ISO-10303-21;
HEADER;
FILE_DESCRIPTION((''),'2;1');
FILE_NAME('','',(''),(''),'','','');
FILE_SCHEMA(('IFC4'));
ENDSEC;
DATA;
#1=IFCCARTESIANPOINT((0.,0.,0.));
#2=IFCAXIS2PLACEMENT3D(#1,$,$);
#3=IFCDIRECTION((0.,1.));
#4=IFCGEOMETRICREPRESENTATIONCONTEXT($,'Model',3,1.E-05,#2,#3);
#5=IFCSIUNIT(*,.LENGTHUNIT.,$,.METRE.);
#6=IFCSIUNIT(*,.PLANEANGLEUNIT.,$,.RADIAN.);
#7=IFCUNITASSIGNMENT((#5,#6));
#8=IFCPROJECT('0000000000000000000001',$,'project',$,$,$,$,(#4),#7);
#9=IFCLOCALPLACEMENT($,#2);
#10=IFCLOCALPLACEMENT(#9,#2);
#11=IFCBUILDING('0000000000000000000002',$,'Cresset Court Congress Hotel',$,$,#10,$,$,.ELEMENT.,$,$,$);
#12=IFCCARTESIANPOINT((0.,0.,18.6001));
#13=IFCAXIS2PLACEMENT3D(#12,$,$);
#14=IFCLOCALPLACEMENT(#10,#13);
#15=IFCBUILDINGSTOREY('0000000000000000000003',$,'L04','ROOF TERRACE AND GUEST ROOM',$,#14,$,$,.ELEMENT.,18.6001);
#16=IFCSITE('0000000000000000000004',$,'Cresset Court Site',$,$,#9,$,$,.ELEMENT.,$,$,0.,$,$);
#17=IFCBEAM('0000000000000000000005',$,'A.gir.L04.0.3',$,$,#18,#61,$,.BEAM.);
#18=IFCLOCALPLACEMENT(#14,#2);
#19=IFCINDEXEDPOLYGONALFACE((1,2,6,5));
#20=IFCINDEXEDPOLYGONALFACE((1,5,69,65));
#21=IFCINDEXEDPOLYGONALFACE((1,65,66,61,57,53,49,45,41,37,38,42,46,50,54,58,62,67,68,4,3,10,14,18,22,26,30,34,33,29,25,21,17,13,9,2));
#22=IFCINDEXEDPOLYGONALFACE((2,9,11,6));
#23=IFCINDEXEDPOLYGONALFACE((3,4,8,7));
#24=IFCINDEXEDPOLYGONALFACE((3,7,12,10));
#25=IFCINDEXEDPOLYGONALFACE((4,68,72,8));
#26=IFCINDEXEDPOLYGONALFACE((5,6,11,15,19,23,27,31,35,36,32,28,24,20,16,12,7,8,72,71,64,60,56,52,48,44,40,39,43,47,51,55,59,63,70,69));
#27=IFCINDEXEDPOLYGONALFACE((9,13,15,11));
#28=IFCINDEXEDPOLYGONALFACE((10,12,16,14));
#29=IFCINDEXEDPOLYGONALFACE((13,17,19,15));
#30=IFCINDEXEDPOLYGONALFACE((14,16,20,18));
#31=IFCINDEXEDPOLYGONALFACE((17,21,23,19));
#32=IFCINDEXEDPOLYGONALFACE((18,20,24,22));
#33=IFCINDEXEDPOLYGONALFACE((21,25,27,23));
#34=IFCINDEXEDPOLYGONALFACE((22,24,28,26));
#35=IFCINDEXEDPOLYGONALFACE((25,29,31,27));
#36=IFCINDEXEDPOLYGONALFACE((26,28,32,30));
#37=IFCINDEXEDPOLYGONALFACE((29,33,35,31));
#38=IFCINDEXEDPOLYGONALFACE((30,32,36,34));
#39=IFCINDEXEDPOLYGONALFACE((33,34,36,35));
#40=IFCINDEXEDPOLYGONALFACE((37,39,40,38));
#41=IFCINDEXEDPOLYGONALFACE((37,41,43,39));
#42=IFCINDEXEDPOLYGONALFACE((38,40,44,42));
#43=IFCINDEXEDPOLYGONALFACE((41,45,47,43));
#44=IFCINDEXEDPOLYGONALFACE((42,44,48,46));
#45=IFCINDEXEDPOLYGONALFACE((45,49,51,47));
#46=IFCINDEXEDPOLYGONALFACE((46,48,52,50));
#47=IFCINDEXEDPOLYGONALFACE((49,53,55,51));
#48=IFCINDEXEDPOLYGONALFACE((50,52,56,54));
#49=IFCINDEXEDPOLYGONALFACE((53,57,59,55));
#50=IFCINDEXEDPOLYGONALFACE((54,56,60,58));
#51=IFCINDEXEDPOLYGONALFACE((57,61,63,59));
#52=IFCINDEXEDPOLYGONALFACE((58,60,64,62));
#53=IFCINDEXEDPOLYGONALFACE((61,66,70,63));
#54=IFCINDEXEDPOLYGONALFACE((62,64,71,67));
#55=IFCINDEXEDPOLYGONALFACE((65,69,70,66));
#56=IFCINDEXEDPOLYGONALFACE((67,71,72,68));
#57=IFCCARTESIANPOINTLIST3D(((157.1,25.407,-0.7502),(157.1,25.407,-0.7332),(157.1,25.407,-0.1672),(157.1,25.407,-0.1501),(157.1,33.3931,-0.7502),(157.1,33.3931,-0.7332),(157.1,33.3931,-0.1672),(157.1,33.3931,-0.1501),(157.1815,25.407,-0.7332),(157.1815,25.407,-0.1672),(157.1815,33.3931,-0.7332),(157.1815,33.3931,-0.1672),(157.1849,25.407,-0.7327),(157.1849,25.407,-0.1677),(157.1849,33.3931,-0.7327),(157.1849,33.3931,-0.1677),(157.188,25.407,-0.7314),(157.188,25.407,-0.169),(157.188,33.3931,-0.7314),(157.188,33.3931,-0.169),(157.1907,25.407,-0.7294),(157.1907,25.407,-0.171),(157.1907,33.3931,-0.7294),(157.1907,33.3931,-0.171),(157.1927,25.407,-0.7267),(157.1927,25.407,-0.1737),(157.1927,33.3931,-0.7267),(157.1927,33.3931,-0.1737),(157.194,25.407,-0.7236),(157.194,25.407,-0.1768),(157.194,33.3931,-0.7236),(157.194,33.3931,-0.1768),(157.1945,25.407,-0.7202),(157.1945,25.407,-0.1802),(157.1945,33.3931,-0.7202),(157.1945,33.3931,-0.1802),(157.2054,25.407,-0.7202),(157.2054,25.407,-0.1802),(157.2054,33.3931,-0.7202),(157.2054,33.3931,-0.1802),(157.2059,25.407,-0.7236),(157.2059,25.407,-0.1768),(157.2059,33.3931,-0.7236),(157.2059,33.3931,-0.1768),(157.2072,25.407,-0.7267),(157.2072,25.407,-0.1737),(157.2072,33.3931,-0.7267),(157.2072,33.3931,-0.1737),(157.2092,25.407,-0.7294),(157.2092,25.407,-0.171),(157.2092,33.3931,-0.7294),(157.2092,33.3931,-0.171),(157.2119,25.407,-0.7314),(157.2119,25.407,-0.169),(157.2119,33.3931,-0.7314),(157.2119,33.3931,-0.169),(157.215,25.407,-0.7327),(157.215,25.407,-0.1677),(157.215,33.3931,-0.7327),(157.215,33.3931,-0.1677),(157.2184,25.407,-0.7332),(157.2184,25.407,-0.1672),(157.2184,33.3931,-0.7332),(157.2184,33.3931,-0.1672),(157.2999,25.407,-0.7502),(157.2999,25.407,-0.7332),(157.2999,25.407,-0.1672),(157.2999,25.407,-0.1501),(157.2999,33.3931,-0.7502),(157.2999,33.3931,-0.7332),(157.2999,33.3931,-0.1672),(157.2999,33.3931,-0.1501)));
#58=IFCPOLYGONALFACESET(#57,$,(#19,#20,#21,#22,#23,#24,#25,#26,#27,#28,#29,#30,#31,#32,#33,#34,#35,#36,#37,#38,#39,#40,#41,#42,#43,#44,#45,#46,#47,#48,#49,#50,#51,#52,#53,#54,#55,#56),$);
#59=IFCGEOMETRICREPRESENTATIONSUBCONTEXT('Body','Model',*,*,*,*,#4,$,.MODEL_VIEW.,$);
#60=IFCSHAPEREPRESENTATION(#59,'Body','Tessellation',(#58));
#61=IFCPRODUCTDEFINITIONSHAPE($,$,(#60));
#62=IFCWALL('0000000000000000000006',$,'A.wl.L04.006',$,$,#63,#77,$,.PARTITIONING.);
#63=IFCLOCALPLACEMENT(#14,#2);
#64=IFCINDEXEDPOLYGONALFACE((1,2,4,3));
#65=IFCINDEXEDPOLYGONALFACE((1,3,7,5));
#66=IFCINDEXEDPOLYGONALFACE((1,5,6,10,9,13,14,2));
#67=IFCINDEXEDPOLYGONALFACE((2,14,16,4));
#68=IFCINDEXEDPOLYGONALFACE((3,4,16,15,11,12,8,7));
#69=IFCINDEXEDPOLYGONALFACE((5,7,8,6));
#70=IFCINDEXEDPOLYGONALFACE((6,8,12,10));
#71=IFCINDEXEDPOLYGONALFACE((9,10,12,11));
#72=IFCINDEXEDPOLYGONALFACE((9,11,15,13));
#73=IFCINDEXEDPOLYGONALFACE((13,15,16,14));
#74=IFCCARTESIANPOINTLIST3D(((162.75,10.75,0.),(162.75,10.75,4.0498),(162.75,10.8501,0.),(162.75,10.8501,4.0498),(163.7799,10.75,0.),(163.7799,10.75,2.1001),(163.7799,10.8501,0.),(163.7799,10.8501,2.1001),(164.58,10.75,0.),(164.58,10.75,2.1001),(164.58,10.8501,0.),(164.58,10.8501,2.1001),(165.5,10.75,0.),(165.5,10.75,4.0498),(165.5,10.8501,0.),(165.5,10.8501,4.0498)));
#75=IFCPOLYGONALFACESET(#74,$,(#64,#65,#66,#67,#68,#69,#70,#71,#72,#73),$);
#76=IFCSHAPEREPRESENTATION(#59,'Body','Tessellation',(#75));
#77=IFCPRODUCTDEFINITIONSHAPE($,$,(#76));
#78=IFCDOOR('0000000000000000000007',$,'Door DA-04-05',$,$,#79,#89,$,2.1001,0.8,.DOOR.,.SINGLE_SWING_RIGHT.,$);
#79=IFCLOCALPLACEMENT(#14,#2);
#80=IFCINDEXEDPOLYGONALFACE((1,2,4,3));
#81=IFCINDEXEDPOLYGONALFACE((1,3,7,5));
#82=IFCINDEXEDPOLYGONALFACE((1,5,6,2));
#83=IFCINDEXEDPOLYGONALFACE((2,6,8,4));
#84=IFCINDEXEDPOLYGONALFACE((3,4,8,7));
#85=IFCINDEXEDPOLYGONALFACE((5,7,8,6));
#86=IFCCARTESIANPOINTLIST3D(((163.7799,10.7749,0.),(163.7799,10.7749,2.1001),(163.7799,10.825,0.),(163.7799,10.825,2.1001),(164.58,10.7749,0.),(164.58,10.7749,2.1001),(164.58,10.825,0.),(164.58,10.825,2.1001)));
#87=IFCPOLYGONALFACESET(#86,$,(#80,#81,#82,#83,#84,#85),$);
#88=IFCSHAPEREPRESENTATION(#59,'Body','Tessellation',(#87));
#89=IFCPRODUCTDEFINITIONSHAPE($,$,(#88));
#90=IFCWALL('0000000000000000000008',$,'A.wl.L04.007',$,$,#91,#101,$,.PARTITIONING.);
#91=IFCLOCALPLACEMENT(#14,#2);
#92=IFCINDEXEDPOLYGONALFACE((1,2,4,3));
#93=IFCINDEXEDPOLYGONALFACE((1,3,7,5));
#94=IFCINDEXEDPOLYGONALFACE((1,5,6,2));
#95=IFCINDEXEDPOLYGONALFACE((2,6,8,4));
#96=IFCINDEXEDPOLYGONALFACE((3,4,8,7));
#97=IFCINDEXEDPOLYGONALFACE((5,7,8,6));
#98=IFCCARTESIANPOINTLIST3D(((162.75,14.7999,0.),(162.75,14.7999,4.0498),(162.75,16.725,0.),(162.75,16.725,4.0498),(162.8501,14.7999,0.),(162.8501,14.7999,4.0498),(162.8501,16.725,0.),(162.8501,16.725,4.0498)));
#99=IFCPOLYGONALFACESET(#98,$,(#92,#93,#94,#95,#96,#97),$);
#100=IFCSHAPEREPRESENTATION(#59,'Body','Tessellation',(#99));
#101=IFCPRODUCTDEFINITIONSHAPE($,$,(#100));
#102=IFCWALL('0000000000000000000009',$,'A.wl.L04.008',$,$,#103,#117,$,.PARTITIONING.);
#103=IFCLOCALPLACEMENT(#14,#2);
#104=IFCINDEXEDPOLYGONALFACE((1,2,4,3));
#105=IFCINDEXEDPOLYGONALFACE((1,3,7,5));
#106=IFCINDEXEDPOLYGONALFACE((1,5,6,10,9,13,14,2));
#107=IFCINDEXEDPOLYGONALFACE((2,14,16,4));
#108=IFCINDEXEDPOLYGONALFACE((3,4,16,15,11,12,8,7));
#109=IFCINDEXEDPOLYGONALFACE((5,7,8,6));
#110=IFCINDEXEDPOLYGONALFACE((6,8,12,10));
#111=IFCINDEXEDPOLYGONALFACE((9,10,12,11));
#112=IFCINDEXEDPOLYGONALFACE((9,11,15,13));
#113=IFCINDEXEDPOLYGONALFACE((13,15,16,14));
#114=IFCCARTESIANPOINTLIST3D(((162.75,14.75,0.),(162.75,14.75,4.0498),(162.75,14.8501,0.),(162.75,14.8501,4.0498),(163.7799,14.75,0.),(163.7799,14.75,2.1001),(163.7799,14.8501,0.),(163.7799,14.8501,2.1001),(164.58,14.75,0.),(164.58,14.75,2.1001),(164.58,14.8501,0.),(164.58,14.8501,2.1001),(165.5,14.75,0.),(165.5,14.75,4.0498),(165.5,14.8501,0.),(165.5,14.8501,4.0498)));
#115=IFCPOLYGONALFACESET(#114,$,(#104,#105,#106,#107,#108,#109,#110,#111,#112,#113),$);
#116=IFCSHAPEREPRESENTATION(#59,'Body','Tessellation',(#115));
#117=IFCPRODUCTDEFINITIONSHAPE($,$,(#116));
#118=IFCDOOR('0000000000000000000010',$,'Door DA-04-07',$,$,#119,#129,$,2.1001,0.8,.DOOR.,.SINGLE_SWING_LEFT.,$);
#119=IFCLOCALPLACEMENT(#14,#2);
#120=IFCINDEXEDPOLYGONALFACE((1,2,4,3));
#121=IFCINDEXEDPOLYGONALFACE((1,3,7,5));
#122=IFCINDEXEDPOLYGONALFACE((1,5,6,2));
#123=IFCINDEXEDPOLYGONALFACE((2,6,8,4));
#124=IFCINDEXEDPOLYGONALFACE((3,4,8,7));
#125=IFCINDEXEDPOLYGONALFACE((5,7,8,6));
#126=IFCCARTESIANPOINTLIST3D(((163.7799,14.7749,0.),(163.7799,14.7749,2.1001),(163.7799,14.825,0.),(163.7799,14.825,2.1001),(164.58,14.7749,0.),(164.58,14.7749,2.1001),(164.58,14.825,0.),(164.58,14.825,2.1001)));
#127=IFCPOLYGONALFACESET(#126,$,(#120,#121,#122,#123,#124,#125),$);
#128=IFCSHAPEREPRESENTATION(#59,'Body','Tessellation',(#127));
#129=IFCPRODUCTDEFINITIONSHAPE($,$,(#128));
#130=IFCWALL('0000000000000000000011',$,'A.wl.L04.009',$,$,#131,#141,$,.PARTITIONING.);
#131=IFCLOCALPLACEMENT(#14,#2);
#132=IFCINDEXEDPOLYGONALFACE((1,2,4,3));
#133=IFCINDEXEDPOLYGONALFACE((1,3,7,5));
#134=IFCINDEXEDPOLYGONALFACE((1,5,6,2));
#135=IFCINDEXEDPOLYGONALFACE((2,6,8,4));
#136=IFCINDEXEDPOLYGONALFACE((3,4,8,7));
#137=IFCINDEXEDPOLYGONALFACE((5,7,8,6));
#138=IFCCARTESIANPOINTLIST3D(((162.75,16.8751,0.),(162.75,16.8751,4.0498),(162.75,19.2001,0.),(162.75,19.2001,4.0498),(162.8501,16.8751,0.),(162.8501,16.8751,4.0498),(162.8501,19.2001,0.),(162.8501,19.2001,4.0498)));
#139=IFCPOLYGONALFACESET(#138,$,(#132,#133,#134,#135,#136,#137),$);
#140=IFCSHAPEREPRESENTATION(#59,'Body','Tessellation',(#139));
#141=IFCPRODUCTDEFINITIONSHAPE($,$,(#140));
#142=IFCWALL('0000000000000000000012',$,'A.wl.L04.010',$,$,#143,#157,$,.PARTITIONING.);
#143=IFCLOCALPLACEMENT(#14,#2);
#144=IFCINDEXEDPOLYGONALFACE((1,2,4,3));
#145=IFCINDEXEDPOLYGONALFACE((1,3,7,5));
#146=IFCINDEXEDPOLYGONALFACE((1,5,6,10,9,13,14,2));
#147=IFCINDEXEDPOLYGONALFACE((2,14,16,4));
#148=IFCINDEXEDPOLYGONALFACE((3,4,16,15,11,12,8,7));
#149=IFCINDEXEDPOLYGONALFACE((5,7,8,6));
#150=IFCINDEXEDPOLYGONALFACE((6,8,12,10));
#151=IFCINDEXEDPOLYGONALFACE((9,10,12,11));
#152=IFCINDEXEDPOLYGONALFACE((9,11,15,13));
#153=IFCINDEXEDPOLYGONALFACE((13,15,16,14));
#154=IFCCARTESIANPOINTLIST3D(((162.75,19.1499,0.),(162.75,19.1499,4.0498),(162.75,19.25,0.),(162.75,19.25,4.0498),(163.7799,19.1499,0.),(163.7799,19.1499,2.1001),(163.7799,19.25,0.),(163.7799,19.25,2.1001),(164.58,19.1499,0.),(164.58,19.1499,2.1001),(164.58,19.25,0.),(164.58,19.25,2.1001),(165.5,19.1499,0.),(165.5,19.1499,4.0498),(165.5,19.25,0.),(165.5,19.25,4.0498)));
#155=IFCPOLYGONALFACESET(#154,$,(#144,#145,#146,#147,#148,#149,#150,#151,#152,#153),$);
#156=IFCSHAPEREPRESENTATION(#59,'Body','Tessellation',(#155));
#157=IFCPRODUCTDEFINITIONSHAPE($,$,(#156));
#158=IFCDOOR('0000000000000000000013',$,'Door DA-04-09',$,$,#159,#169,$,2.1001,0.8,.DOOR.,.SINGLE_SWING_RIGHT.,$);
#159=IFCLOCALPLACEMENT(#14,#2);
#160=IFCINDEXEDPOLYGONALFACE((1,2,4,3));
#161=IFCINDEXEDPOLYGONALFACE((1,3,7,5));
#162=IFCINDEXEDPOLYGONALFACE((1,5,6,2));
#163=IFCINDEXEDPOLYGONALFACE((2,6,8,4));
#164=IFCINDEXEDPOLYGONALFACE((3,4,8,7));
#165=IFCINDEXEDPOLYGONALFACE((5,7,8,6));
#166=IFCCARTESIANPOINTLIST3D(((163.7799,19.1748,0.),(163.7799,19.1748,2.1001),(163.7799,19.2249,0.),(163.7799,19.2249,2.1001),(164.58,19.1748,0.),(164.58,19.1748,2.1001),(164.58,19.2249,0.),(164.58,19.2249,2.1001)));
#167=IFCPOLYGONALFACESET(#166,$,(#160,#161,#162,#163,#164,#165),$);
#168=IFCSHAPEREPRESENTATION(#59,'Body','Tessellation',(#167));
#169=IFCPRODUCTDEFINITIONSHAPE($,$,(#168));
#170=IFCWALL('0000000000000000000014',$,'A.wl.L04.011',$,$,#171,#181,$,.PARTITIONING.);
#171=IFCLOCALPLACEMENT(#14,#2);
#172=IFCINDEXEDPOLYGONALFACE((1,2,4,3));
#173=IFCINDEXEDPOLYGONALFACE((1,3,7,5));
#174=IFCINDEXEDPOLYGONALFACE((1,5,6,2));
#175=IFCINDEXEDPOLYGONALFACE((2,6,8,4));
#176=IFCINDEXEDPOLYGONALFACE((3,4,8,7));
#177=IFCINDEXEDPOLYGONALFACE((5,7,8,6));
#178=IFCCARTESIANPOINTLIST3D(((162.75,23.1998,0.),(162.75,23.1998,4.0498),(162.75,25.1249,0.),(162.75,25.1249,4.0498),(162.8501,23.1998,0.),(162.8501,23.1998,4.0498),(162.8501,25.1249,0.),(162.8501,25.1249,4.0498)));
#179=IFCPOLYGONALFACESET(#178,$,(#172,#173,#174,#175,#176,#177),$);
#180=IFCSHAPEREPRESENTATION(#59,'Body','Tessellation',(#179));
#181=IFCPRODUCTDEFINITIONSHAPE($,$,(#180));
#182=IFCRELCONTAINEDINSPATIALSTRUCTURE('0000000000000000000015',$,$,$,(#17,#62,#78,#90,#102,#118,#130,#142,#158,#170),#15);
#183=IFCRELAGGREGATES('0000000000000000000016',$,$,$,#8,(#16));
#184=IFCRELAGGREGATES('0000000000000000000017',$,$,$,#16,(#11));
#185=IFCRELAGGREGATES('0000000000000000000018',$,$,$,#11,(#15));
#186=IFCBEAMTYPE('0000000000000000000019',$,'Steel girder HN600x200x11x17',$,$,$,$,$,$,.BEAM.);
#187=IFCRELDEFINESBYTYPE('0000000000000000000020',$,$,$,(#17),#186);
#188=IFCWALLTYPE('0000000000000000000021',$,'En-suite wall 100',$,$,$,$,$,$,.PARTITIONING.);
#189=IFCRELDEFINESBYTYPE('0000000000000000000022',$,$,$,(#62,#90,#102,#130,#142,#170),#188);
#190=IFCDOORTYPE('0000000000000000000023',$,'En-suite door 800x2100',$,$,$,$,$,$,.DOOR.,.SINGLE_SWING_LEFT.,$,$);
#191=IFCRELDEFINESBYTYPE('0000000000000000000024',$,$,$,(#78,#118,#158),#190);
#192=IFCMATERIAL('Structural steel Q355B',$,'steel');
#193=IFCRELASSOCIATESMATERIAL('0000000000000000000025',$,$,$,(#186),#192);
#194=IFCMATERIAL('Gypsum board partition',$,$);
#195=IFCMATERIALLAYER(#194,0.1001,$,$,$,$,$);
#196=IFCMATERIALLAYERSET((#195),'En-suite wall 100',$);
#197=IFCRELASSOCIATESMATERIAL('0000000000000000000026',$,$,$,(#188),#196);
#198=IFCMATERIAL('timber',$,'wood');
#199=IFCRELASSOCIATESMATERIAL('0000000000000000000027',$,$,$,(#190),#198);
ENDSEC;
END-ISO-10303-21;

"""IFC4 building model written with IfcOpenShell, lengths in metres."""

from ifc_helpers import new_model, si_unit, direction, frame, frame_2d, origin, origin_2d, place, context, subcontext, project, spatial, rectangle, i_section, extrude, material, layer, layer_set, material_profile, profile_set, type_object, element, fill, save


model = new_model("IFC4")

# Units and contexts
model_context = context("Model", 3, precision=1e-05, world=origin(), true_north=direction((0.0, 1.0)))
body_context = subcontext(model_context, "Body", "Model", "MODEL_VIEW")
ifc_project = project(units=[si_unit("LENGTHUNIT", "METRE"), si_unit("PLANEANGLEUNIT", "RADIAN")], contexts=[model_context])

# Site, building, storey
site_placement = place(None, origin())
site = spatial("IfcSite", under=ifc_project, at=site_placement, Name="Cresset Court Site", CompositionType="ELEMENT", RefElevation=0.0)
building_placement = place(site_placement, origin())
building = spatial("IfcBuilding", under=site, at=building_placement, Name="Cresset Court Congress Hotel", CompositionType="ELEMENT")
storey_placement = place(building_placement, frame((0.0, 0.0, 18.6001)))
storey = spatial("IfcBuildingStorey", under=building, at=storey_placement, Name="L04", Description="ROOF TERRACE AND GUEST ROOM", CompositionType="ELEMENT", Elevation=18.6001)

# Beam
ifc_material_1 = material(Name="Structural steel Q355B", Category="steel")
ifc_material_profile_1 = material_profile(ifc_material_1, i_section(OverallWidth=0.2, OverallDepth=0.6001, WebThickness=0.011, FlangeThickness=0.0171, FilletRadius=0.0129, at=origin_2d()), Name="HN600x200x11x17")
ifc_profile_set_1 = profile_set([ifc_material_profile_1], Name="Structural steel Q355B")
beam_type_1 = type_object("IfcBeamType", Name="Steel girder HN600x200x11x17", PredefinedType="BEAM", material=ifc_profile_set_1)
beam_1_placement = place(storey_placement, frame((157.2, 25.407, -0.4502), z_axis=(0.0, 1.0, 0.0), x_axis=(-1.0, 0.0, 0.0)))
element("IfcBeam", 1, at=beam_1_placement, inside=storey, type_object=beam_type_1, Name="A.gir.L04.0.3", PredefinedType="BEAM", context=body_context, shape_type="SweptSolid", body=[
    extrude(i_section(OverallWidth=0.2, OverallDepth=0.6001, WebThickness=0.011, FlangeThickness=0.0171, FilletRadius=0.0129, at=origin_2d()), origin(), (0.0, 0.0, 1.0), 7.9861),
])

# Wall, opening, door
ifc_material_2 = material(Name="Gypsum board partition")
ifc_layer_1 = layer(ifc_material_2, 0.1001)
ifc_layer_set_1 = layer_set([ifc_layer_1], Name="En-suite wall 100")
wall_type_1 = type_object("IfcWallType", Name="En-suite wall 100", PredefinedType="PARTITIONING", material=ifc_layer_set_1)
wall_1_placement = place(storey_placement, frame((162.75, 10.8, 0.0), z_axis=(0.0, 0.0, 1.0), x_axis=(1.0, 0.0, 0.0)))
wall_1 = element("IfcWall", 2, at=wall_1_placement, inside=storey, type_object=wall_type_1, Name="A.wl.L04.006", PredefinedType="PARTITIONING", context=body_context, shape_type="SweptSolid", body=[
    extrude(rectangle(XDim=2.75, YDim=0.1001, at=frame_2d((1.375, 0.0))), origin(), (0.0, 0.0, 1.0), 4.0498),
])
opening_1_placement = place(wall_1_placement, frame((1.03, 0.0, 0.0)))
opening_1 = element("IfcOpeningElement", 3, at=opening_1_placement, cuts=wall_1, PredefinedType="OPENING", context=body_context, shape_type="SweptSolid", body=[
    extrude(rectangle(XDim=0.8, YDim=2.1001, at=frame_2d((0.3999, 1.05))), frame((0.0, 0.0601, 0.0), z_axis=(0.0, -1.0, 0.0), x_axis=(1.0, 0.0, 0.0)), (0.0, 0.0, 1.0), 0.1201),
])
ifc_material_3 = material(Name="timber", Category="wood")
door_type = type_object("IfcDoorType", Name="En-suite door 800x2100", OperationType="SINGLE_SWING_LEFT", PredefinedType="DOOR", material=ifc_material_3)
door_1_placement = place(opening_1_placement, origin())
door_1 = element("IfcDoor", 4, at=door_1_placement, inside=storey, type_object=door_type, Name="Door DA-04-05", OperationType="SINGLE_SWING_RIGHT", OverallHeight=2.1001, OverallWidth=0.8, PredefinedType="DOOR", context=body_context, shape_type="SweptSolid", body=[
    extrude(rectangle(XDim=0.8, YDim=2.1001, at=frame_2d((0.3999, 1.05))), frame((0.0, 0.0249, 0.0), z_axis=(0.0, -1.0, 0.0), x_axis=(1.0, 0.0, 0.0)), (0.0, 0.0, 1.0), 0.05),
])
fill(opening_1, door_1)

# Wall
wall_2_placement = place(storey_placement, frame((162.8, 14.8, 0.0), z_axis=(0.0, 0.0, 1.0), x_axis=(0.0, 1.0, 0.0)))
element("IfcWall", 5, at=wall_2_placement, inside=storey, type_object=wall_type_1, Name="A.wl.L04.007", PredefinedType="PARTITIONING", context=body_context, shape_type="SweptSolid", body=[
    extrude(rectangle(XDim=1.925, YDim=0.1001, at=frame_2d((0.9624, 0.0))), origin(), (0.0, 0.0, 1.0), 4.0498),
])

# Wall, opening, door
wall_3_placement = place(storey_placement, frame((162.75, 14.8, 0.0), z_axis=(0.0, 0.0, 1.0), x_axis=(1.0, 0.0, 0.0)))
wall_3 = element("IfcWall", 6, at=wall_3_placement, inside=storey, type_object=wall_type_1, Name="A.wl.L04.008", PredefinedType="PARTITIONING", context=body_context, shape_type="SweptSolid", body=[
    extrude(rectangle(XDim=2.75, YDim=0.1001, at=frame_2d((1.375, 0.0))), origin(), (0.0, 0.0, 1.0), 4.0498),
])
opening_2_placement = place(wall_3_placement, frame((1.03, 0.0, 0.0)))
opening_2 = element("IfcOpeningElement", 7, at=opening_2_placement, cuts=wall_3, PredefinedType="OPENING", context=body_context, shape_type="SweptSolid", body=[
    extrude(rectangle(XDim=0.8, YDim=2.1001, at=frame_2d((0.3999, 1.05))), frame((0.0, 0.0601, 0.0), z_axis=(0.0, -1.0, 0.0), x_axis=(1.0, 0.0, 0.0)), (0.0, 0.0, 1.0), 0.1201),
])
door_2_placement = place(opening_2_placement, origin())
door_2 = element("IfcDoor", 8, at=door_2_placement, inside=storey, type_object=door_type, Name="Door DA-04-07", OperationType="SINGLE_SWING_LEFT", OverallHeight=2.1001, OverallWidth=0.8, PredefinedType="DOOR", context=body_context, shape_type="SweptSolid", body=[
    extrude(rectangle(XDim=0.8, YDim=2.1001, at=frame_2d((0.3999, 1.05))), frame((0.0, 0.0249, 0.0), z_axis=(0.0, -1.0, 0.0), x_axis=(1.0, 0.0, 0.0)), (0.0, 0.0, 1.0), 0.05),
])
fill(opening_2, door_2)

# Wall
wall_4_placement = place(storey_placement, frame((162.8, 16.875, 0.0), z_axis=(0.0, 0.0, 1.0), x_axis=(0.0, 1.0, 0.0)))
element("IfcWall", 9, at=wall_4_placement, inside=storey, type_object=wall_type_1, Name="A.wl.L04.009", PredefinedType="PARTITIONING", context=body_context, shape_type="SweptSolid", body=[
    extrude(rectangle(XDim=2.325, YDim=0.1001, at=frame_2d((1.1626, 0.0))), origin(), (0.0, 0.0, 1.0), 4.0498),
])

# Wall, opening, door
wall_5_placement = place(storey_placement, frame((162.75, 19.2, 0.0), z_axis=(0.0, 0.0, 1.0), x_axis=(1.0, 0.0, 0.0)))
wall_5 = element("IfcWall", 10, at=wall_5_placement, inside=storey, type_object=wall_type_1, Name="A.wl.L04.010", PredefinedType="PARTITIONING", context=body_context, shape_type="SweptSolid", body=[
    extrude(rectangle(XDim=2.75, YDim=0.1001, at=frame_2d((1.375, 0.0))), origin(), (0.0, 0.0, 1.0), 4.0498),
])
opening_3_placement = place(wall_5_placement, frame((1.03, 0.0, 0.0)))
opening_3 = element("IfcOpeningElement", 11, at=opening_3_placement, cuts=wall_5, PredefinedType="OPENING", context=body_context, shape_type="SweptSolid", body=[
    extrude(rectangle(XDim=0.8, YDim=2.1001, at=frame_2d((0.3999, 1.05))), frame((0.0, 0.0601, 0.0), z_axis=(0.0, -1.0, 0.0), x_axis=(1.0, 0.0, 0.0)), (0.0, 0.0, 1.0), 0.1201),
])
door_3_placement = place(opening_3_placement, origin())
door_3 = element("IfcDoor", 12, at=door_3_placement, inside=storey, type_object=door_type, Name="Door DA-04-09", OperationType="SINGLE_SWING_RIGHT", OverallHeight=2.1001, OverallWidth=0.8, PredefinedType="DOOR", context=body_context, shape_type="SweptSolid", body=[
    extrude(rectangle(XDim=0.8, YDim=2.1001, at=frame_2d((0.3999, 1.05))), frame((0.0, 0.0249, 0.0), z_axis=(0.0, -1.0, 0.0), x_axis=(1.0, 0.0, 0.0)), (0.0, 0.0, 1.0), 0.05),
])
fill(opening_3, door_3)

# Wall
wall_6_placement = place(storey_placement, frame((162.8, 23.2, 0.0), z_axis=(0.0, 0.0, 1.0), x_axis=(0.0, 1.0, 0.0)))
element("IfcWall", 13, at=wall_6_placement, inside=storey, type_object=wall_type_1, Name="A.wl.L04.011", PredefinedType="PARTITIONING", context=body_context, shape_type="SweptSolid", body=[
    extrude(rectangle(XDim=1.925, YDim=0.1001, at=frame_2d((0.9624, 0.0))), origin(), (0.0, 0.0, 1.0), 4.0498),
])

save(model, "model.ifc")
